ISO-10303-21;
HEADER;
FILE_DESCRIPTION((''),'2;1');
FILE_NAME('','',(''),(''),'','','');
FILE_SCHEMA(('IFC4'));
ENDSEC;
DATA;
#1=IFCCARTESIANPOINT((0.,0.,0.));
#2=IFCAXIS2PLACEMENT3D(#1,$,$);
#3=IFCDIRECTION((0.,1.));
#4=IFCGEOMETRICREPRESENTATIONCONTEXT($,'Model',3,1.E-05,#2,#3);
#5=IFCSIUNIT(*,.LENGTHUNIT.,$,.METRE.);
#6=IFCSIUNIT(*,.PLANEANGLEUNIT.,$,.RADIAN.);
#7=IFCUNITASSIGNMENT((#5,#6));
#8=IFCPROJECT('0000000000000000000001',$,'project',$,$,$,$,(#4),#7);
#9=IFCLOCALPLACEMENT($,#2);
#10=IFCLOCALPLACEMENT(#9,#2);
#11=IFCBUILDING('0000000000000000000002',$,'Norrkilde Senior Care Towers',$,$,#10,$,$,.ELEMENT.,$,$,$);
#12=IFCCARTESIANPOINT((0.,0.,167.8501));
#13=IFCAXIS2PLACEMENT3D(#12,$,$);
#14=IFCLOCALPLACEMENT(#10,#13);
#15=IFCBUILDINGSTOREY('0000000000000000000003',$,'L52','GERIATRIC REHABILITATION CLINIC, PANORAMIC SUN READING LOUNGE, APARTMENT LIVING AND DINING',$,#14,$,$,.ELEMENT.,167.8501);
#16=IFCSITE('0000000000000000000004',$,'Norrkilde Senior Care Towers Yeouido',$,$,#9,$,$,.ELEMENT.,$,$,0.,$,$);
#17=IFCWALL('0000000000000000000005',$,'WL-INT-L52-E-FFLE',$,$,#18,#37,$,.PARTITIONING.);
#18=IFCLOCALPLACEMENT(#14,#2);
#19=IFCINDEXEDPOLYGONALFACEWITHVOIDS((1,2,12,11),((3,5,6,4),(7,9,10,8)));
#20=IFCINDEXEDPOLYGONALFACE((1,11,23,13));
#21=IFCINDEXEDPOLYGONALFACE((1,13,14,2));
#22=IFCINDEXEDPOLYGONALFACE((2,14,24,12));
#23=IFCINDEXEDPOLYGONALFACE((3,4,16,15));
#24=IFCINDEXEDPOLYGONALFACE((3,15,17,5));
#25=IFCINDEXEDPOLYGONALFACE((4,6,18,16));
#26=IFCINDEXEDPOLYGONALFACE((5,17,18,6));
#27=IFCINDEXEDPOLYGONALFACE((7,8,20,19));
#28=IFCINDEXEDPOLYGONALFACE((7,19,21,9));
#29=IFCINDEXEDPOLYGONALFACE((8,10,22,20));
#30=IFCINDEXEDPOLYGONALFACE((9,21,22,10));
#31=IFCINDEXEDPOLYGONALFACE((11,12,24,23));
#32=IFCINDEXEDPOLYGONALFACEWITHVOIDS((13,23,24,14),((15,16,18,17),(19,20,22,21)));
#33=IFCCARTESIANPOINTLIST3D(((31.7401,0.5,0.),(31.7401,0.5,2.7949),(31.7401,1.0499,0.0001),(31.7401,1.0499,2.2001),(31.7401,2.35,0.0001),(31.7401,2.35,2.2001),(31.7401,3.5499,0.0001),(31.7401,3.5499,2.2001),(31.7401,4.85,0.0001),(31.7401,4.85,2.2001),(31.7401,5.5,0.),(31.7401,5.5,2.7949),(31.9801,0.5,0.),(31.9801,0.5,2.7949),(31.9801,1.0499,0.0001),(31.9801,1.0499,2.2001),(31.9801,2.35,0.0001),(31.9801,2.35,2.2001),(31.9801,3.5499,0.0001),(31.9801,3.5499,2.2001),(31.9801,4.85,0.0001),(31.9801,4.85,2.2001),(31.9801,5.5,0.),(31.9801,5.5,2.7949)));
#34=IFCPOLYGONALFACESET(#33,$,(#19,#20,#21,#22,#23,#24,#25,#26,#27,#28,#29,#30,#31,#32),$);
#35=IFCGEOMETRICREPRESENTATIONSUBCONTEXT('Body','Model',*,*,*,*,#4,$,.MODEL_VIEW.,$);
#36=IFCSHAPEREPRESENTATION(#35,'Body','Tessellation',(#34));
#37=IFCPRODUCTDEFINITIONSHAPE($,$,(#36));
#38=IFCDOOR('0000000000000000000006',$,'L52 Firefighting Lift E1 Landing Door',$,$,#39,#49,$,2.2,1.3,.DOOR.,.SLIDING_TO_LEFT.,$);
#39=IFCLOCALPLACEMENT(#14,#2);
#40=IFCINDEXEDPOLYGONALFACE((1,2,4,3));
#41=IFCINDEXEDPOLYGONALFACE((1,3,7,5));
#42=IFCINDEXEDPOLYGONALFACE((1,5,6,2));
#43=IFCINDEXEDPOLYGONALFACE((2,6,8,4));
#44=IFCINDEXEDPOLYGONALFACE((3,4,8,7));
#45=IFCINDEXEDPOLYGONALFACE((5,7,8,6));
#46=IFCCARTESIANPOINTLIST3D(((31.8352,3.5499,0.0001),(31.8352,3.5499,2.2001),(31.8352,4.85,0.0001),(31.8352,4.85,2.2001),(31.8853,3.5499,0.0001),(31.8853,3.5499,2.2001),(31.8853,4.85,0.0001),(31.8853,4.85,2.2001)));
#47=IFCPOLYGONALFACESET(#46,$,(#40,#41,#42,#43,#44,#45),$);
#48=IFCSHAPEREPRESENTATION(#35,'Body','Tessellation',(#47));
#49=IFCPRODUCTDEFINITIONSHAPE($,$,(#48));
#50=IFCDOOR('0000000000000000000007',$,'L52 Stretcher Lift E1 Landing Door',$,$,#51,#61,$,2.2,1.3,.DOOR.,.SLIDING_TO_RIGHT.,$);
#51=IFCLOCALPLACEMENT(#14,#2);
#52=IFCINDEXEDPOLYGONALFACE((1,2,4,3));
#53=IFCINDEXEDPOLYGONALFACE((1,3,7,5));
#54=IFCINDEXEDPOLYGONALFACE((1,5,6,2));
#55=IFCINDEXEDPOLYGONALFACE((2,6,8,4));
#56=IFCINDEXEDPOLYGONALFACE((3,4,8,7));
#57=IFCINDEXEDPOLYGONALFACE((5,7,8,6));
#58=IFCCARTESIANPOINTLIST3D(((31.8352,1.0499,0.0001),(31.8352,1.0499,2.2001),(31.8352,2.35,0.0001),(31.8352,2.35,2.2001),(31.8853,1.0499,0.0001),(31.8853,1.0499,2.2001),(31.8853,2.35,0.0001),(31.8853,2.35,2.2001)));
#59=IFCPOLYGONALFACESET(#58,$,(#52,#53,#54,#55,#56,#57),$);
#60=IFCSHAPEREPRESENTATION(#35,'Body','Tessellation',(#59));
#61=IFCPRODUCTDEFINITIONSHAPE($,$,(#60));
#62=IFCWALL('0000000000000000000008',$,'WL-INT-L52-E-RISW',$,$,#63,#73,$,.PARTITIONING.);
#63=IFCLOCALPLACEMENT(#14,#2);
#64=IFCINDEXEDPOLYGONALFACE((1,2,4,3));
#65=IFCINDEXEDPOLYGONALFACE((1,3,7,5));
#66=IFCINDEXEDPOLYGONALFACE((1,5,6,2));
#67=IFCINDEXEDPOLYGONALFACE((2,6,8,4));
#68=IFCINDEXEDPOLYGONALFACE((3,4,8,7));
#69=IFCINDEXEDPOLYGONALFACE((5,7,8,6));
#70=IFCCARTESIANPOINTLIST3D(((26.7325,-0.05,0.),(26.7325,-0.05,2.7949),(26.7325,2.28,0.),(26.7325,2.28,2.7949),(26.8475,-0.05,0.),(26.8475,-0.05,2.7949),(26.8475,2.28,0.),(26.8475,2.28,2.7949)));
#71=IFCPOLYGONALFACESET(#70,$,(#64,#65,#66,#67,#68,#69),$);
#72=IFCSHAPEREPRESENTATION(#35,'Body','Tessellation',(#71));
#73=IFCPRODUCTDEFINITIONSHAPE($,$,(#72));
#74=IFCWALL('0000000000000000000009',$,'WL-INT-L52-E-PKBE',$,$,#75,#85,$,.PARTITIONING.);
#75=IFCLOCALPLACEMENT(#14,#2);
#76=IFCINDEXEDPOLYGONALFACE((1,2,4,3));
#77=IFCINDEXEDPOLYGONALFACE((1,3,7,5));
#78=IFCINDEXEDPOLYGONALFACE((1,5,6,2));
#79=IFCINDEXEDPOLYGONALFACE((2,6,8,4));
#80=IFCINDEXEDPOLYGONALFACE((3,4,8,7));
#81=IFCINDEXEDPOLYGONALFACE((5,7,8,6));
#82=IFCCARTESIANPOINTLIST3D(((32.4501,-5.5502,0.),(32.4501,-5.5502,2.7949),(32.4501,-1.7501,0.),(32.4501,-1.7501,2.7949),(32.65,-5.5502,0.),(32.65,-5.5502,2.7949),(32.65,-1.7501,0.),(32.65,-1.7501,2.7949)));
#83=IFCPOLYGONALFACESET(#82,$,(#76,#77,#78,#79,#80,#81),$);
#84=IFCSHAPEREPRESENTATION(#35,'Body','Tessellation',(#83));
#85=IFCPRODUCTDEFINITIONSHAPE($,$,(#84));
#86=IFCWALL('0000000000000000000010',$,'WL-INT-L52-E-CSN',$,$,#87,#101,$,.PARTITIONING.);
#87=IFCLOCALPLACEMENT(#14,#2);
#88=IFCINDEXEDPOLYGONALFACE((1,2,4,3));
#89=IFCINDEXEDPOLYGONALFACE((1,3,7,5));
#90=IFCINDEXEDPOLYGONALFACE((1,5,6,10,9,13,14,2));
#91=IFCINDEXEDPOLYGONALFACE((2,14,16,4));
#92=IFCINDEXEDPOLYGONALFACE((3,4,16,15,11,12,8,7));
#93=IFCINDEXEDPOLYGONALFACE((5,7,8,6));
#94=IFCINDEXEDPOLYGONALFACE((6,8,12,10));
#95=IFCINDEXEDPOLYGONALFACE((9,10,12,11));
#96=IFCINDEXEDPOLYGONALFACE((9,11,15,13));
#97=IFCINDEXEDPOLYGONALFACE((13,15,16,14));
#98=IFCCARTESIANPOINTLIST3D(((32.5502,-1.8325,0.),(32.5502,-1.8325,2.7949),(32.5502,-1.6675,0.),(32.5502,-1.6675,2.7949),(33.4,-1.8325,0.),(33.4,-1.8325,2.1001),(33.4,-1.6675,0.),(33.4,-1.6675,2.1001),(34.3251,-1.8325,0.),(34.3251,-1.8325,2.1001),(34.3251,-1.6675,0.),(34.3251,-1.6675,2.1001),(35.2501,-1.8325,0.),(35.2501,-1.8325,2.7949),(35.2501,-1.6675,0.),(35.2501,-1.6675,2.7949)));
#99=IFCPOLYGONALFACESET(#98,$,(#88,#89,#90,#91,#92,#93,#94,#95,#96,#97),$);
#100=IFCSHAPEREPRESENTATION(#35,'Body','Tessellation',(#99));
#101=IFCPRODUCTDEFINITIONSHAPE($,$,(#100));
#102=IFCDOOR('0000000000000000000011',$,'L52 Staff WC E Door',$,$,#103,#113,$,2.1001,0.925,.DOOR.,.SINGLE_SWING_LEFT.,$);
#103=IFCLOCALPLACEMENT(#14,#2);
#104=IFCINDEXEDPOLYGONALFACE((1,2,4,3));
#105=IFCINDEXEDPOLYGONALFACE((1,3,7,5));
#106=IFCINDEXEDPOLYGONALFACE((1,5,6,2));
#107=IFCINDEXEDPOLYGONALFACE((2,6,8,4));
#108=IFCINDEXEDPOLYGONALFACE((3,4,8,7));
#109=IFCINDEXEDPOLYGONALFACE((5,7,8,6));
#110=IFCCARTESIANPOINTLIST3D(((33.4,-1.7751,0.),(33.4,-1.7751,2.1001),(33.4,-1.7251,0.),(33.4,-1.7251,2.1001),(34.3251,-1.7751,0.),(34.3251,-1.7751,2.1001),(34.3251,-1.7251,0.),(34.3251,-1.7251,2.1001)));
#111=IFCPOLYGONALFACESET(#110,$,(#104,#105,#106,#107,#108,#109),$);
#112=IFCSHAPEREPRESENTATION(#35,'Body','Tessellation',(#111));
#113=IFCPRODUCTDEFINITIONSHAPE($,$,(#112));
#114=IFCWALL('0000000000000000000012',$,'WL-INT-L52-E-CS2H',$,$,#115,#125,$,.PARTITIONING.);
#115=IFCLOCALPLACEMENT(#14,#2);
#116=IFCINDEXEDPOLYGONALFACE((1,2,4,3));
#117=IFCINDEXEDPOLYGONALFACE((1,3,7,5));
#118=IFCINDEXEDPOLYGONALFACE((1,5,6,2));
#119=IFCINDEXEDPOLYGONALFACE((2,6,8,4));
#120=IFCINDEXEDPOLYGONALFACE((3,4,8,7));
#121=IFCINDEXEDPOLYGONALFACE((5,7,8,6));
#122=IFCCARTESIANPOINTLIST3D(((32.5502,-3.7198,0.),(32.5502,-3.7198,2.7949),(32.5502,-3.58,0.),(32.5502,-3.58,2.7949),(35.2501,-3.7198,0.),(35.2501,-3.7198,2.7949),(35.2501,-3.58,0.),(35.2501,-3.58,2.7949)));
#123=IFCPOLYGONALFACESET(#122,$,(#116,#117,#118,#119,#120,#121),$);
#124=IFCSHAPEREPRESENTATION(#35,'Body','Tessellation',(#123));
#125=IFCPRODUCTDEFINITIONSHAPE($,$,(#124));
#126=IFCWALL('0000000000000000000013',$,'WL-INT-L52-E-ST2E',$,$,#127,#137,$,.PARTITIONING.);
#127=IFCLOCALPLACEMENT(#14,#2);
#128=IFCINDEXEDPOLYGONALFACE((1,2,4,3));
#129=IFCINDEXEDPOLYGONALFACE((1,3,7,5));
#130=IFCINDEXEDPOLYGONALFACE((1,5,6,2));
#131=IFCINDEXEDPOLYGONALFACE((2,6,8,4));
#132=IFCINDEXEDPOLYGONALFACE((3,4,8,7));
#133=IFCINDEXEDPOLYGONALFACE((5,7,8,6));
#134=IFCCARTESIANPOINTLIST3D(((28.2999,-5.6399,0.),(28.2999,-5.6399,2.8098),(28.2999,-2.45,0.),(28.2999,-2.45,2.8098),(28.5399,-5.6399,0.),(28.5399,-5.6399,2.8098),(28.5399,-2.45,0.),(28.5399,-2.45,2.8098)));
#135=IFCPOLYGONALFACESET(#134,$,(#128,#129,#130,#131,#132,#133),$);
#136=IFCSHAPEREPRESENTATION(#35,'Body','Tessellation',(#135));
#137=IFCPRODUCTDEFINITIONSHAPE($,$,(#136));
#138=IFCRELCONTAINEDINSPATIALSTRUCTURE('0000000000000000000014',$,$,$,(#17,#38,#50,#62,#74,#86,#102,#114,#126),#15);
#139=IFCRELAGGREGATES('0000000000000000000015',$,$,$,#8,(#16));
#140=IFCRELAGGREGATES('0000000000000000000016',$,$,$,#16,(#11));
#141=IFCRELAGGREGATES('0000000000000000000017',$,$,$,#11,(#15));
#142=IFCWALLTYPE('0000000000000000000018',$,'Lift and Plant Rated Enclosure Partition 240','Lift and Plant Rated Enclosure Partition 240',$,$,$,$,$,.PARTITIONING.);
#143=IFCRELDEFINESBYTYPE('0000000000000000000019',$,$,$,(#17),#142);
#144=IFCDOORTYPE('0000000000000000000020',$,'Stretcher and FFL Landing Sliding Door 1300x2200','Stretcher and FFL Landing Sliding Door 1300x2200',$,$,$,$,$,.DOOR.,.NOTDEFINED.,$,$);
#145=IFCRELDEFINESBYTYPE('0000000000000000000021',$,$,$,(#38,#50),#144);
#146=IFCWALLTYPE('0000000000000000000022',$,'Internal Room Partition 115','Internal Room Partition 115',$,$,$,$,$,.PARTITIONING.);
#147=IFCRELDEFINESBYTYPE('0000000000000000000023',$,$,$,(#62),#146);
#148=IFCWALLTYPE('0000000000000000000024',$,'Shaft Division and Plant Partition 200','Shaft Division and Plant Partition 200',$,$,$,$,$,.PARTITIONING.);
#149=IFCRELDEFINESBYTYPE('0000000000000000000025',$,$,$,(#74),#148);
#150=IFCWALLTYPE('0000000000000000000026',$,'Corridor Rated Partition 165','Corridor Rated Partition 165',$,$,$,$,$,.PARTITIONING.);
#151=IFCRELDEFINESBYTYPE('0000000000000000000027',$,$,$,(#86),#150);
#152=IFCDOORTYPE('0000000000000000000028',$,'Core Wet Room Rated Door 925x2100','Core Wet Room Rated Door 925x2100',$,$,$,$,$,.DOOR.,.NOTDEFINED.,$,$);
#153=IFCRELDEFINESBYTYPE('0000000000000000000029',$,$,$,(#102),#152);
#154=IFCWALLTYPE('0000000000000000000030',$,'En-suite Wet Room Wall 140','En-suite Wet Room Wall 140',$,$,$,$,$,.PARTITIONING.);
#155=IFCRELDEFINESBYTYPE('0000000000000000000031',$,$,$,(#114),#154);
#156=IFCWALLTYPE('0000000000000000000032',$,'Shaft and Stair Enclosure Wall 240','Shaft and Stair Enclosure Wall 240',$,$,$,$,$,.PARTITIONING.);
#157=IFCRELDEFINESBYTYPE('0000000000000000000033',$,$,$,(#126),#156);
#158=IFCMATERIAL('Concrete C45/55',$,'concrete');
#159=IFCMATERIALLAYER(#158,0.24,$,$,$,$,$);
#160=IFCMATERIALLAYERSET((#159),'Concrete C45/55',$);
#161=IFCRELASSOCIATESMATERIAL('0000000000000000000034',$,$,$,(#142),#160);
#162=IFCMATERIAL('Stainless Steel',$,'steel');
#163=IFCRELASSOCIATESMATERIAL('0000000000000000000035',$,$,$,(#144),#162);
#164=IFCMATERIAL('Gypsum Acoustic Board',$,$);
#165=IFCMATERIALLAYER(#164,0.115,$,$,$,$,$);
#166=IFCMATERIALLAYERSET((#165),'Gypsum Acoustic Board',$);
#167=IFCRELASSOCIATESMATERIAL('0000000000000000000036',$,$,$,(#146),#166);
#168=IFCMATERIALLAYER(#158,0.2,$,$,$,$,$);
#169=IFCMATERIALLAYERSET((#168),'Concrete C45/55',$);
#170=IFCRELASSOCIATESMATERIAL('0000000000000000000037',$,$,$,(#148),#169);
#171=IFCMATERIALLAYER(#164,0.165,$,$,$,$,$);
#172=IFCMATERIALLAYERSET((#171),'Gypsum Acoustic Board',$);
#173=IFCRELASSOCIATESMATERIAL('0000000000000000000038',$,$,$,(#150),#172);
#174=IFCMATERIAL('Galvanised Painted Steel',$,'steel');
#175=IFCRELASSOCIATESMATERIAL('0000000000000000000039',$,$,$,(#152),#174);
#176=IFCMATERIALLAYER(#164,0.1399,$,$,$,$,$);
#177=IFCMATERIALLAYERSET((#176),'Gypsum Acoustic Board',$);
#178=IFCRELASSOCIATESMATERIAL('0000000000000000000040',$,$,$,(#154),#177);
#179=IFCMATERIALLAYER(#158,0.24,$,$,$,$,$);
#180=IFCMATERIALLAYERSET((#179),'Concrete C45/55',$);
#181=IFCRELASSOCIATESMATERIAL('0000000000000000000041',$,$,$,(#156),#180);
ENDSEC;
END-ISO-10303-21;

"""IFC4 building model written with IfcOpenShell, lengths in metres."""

from ifc_helpers import new_model, si_unit, direction, frame, frame_2d, origin, place, context, subcontext, project, spatial, rectangle, extrude, source, transform, mapped, material, layer, layer_set, type_object, type_shapes, element, fill, save


model = new_model("IFC4")

# Units and contexts
model_context = context("Model", 3, precision=1e-05, world=origin(), true_north=direction((0.0, 1.0)))
body_context = subcontext(model_context, "Body", "Model", "MODEL_VIEW")
ifc_project = project(units=[si_unit("LENGTHUNIT", "METRE"), si_unit("PLANEANGLEUNIT", "RADIAN")], contexts=[model_context])

# Site, building, storey
site_placement = place(None, origin())
site = spatial("IfcSite", under=ifc_project, at=site_placement, Name="Norrkilde Senior Care Towers Yeouido", CompositionType="ELEMENT", RefElevation=0.0)
building_placement = place(site_placement, origin())
building = spatial("IfcBuilding", under=site, at=building_placement, Name="Norrkilde Senior Care Towers", CompositionType="ELEMENT")
storey_placement = place(building_placement, frame((0.0, 0.0, 167.8501)))
storey = spatial("IfcBuildingStorey", under=building, at=storey_placement, Name="L52", Description="GERIATRIC REHABILITATION CLINIC, PANORAMIC SUN READING LOUNGE, APARTMENT LIVING AND DINING", CompositionType="ELEMENT", Elevation=167.8501)

# Wall, openings, doors
ifc_material_1 = material(Name="Concrete C45/55", Category="concrete")
ifc_layer_1 = layer(ifc_material_1, 0.24)
ifc_layer_set_1 = layer_set([ifc_layer_1], Name="Concrete C45/55")
wall_type_1 = type_object("IfcWallType", Name="Lift and Plant Rated Enclosure Partition 240", Description="Lift and Plant Rated Enclosure Partition 240", PredefinedType="PARTITIONING", material=ifc_layer_set_1)
shared_shape_1 = source(origin(), body_context, "Body", "SweptSolid", [
    extrude(rectangle(XDim=5.0, YDim=0.24, at=frame_2d((2.5, 0.0))), origin(), (0.0, 0.0, 1.0), 2.7949),
])
wall_1_placement = place(storey_placement, frame((31.8601, 0.5, 0.0), z_axis=(0.0, 0.0, 1.0), x_axis=(0.0, 1.0, 0.0)))
wall_1 = element("IfcWall", 1, at=wall_1_placement, inside=storey, type_object=wall_type_1, Name="WL-INT-L52-E-FFLE", PredefinedType="PARTITIONING", context=body_context, shape_type="MappedRepresentation", body=[
    mapped(shared_shape_1, transform((0.0, 0.0, 0.0), x_axis=(1.0, 0.0, 0.0), y_axis=(0.0, 1.0, 0.0), z_axis=(0.0, 0.0, 1.0), scale=1.0)),
])
opening_1_placement = place(wall_1_placement, frame((3.05, 0.0, 0.0)))
opening_1 = element("IfcOpeningElement", 2, at=opening_1_placement, cuts=wall_1, PredefinedType="OPENING", context=body_context, shape_type="SweptSolid", body=[
    extrude(rectangle(XDim=1.3, YDim=2.2, at=frame_2d((0.6499, 1.1001))), frame((0.0, 0.1299, 0.0), z_axis=(0.0, -1.0, 0.0), x_axis=(1.0, 0.0, 0.0)), (0.0, 0.0, 1.0), 0.26),
])
opening_2_placement = place(wall_1_placement, frame((0.55, 0.0, 0.0)))
opening_2 = element("IfcOpeningElement", 3, at=opening_2_placement, cuts=wall_1, PredefinedType="OPENING", context=body_context, shape_type="SweptSolid", body=[
    extrude(rectangle(XDim=1.3, YDim=2.2, at=frame_2d((0.6499, 1.1001))), frame((0.0, 0.1299, 0.0), z_axis=(0.0, -1.0, 0.0), x_axis=(1.0, 0.0, 0.0)), (0.0, 0.0, 1.0), 0.26),
])
ifc_material_2 = material(Name="Stainless Steel", Category="steel")
door_type_1 = type_object("IfcDoorType", Name="Stretcher and FFL Landing Sliding Door 1300x2200", Description="Stretcher and FFL Landing Sliding Door 1300x2200", OperationType="NOTDEFINED", PredefinedType="DOOR", material=ifc_material_2)
shared_shape_2 = source(origin(), body_context, "Body", "SweptSolid", [
    extrude(rectangle(XDim=1.3, YDim=2.2, at=frame_2d((0.6499, 1.1001))), frame((0.0, 0.0249, 0.0), z_axis=(0.0, -1.0, 0.0), x_axis=(1.0, 0.0, 0.0)), (0.0, 0.0, 1.0), 0.05),
])
type_shapes(door_type_1, [shared_shape_2])
door_1_placement = place(opening_1_placement, origin())
door_1 = element("IfcDoor", 4, at=door_1_placement, inside=storey, type_object=door_type_1, Name="L52 Firefighting Lift E1 Landing Door", OperationType="SLIDING_TO_LEFT", OverallHeight=2.2, OverallWidth=1.3, PredefinedType="DOOR", context=body_context, shape_type="MappedRepresentation", body=[
    mapped(shared_shape_2, transform((0.0, 0.0, 0.0), x_axis=(1.0, 0.0, 0.0), y_axis=(0.0, 1.0, 0.0), z_axis=(0.0, 0.0, 1.0), scale=1.0)),
])
fill(opening_1, door_1)
door_2_placement = place(opening_2_placement, origin())
door_2 = element("IfcDoor", 5, at=door_2_placement, inside=storey, type_object=door_type_1, Name="L52 Stretcher Lift E1 Landing Door", OperationType="SLIDING_TO_RIGHT", OverallHeight=2.2, OverallWidth=1.3, PredefinedType="DOOR", context=body_context, shape_type="MappedRepresentation", body=[
    mapped(shared_shape_2, transform((0.0, 0.0, 0.0), x_axis=(1.0, 0.0, 0.0), y_axis=(0.0, 1.0, 0.0), z_axis=(0.0, 0.0, 1.0), scale=1.0)),
])
fill(opening_2, door_2)

# Shared definitions
ifc_material_3 = material(Name="Galvanised Painted Steel", Category="steel")

# Walls
ifc_material_4 = material(Name="Gypsum Acoustic Board")
ifc_layer_2 = layer(ifc_material_4, 0.115)
ifc_layer_set_2 = layer_set([ifc_layer_2], Name="Gypsum Acoustic Board")
wall_type_2 = type_object("IfcWallType", Name="Internal Room Partition 115", Description="Internal Room Partition 115", PredefinedType="PARTITIONING", material=ifc_layer_set_2)
shared_shape_3 = source(origin(), body_context, "Body", "SweptSolid", [
    extrude(rectangle(XDim=2.3301, YDim=0.115, at=frame_2d((1.165, 0.0))), origin(), (0.0, 0.0, 1.0), 2.7949),
])
wall_2_placement = place(storey_placement, frame((26.79, -0.05, 0.0), z_axis=(0.0, 0.0, 1.0), x_axis=(0.0, 1.0, 0.0)))
element("IfcWall", 6, at=wall_2_placement, inside=storey, type_object=wall_type_2, Name="WL-INT-L52-E-RISW", PredefinedType="PARTITIONING", context=body_context, shape_type="MappedRepresentation", body=[
    mapped(shared_shape_3, transform((0.0, 0.0, 0.0), x_axis=(1.0, 0.0, 0.0), y_axis=(0.0, 1.0, 0.0), z_axis=(0.0, 0.0, 1.0), scale=1.0)),
])
ifc_layer_3 = layer(ifc_material_1, 0.2)
ifc_layer_set_3 = layer_set([ifc_layer_3], Name="Concrete C45/55")
wall_type_3 = type_object("IfcWallType", Name="Shaft Division and Plant Partition 200", Description="Shaft Division and Plant Partition 200", PredefinedType="PARTITIONING", material=ifc_layer_set_3)
shared_shape_4 = source(origin(), body_context, "Body", "SweptSolid", [
    extrude(rectangle(XDim=3.8, YDim=0.2, at=frame_2d((1.8999, 0.0))), origin(), (0.0, 0.0, 1.0), 2.7949),
])
type_shapes(wall_type_3, [shared_shape_4])
wall_3_placement = place(storey_placement, frame((32.55, -5.55, 0.0), z_axis=(0.0, 0.0, 1.0), x_axis=(0.0, 1.0, 0.0)))
element("IfcWall", 7, at=wall_3_placement, inside=storey, type_object=wall_type_3, Name="WL-INT-L52-E-PKBE", PredefinedType="PARTITIONING", context=body_context, shape_type="MappedRepresentation", body=[
    mapped(shared_shape_4, transform((0.0, 0.0, 0.0), x_axis=(1.0, 0.0, 0.0), y_axis=(0.0, 1.0, 0.0), z_axis=(0.0, 0.0, 1.0), scale=1.0)),
])

# Wall, opening, door
ifc_layer_4 = layer(ifc_material_4, 0.165)
ifc_layer_set_4 = layer_set([ifc_layer_4], Name="Gypsum Acoustic Board")
wall_type_4 = type_object("IfcWallType", Name="Corridor Rated Partition 165", Description="Corridor Rated Partition 165", PredefinedType="PARTITIONING", material=ifc_layer_set_4)
shared_shape_5 = source(origin(), body_context, "Body", "SweptSolid", [
    extrude(rectangle(XDim=2.7, YDim=0.165, at=frame_2d((1.3501, 0.0))), origin(), (0.0, 0.0, 1.0), 2.7949),
])
wall_4_placement = place(storey_placement, frame((32.55, -1.75, 0.0), z_axis=(0.0, 0.0, 1.0), x_axis=(1.0, 0.0, 0.0)))
wall_4 = element("IfcWall", 8, at=wall_4_placement, inside=storey, type_object=wall_type_4, Name="WL-INT-L52-E-CSN", PredefinedType="PARTITIONING", context=body_context, shape_type="MappedRepresentation", body=[
    mapped(shared_shape_5, transform((0.0, 0.0, 0.0), x_axis=(1.0, 0.0, 0.0), y_axis=(0.0, 1.0, 0.0), z_axis=(0.0, 0.0, 1.0), scale=1.0)),
])
opening_3_placement = place(wall_4_placement, frame((0.8501, 0.0, 0.0)))
opening_3 = element("IfcOpeningElement", 9, at=opening_3_placement, cuts=wall_4, PredefinedType="OPENING", context=body_context, shape_type="SweptSolid", body=[
    extrude(rectangle(XDim=0.925, YDim=2.1001, at=frame_2d((0.4624, 1.05))), frame((0.0, 0.0925, 0.0), z_axis=(0.0, -1.0, 0.0), x_axis=(1.0, 0.0, 0.0)), (0.0, 0.0, 1.0), 0.1851),
])
door_type_2 = type_object("IfcDoorType", Name="Core Wet Room Rated Door 925x2100", Description="Core Wet Room Rated Door 925x2100", OperationType="NOTDEFINED", PredefinedType="DOOR", material=ifc_material_3)
shared_shape_6 = source(origin(), body_context, "Body", "SweptSolid", [
    extrude(rectangle(XDim=0.925, YDim=2.1001, at=frame_2d((0.4624, 1.05))), frame((0.0, 0.0249, 0.0), z_axis=(0.0, -1.0, 0.0), x_axis=(1.0, 0.0, 0.0)), (0.0, 0.0, 1.0), 0.05),
])
type_shapes(door_type_2, [shared_shape_6])
door_3_placement = place(opening_3_placement, origin())
door_3 = element("IfcDoor", 10, at=door_3_placement, inside=storey, type_object=door_type_2, Name="L52 Staff WC E Door", OperationType="SINGLE_SWING_LEFT", OverallHeight=2.1001, OverallWidth=0.925, PredefinedType="DOOR", context=body_context, shape_type="MappedRepresentation", body=[
    mapped(shared_shape_6, transform((0.0, 0.0, 0.0), x_axis=(1.0, 0.0, 0.0), y_axis=(0.0, 1.0, 0.0), z_axis=(0.0, 0.0, 1.0), scale=1.0)),
])
fill(opening_3, door_3)

# Walls
ifc_layer_5 = layer(ifc_material_4, 0.1399)
ifc_layer_set_5 = layer_set([ifc_layer_5], Name="Gypsum Acoustic Board")
wall_type_5 = type_object("IfcWallType", Name="En-suite Wet Room Wall 140", Description="En-suite Wet Room Wall 140", PredefinedType="PARTITIONING", material=ifc_layer_set_5)
shared_shape_7 = source(origin(), body_context, "Body", "SweptSolid", [
    extrude(rectangle(XDim=2.7, YDim=0.1399, at=frame_2d((1.3501, 0.0))), origin(), (0.0, 0.0, 1.0), 2.7949),
])
type_shapes(wall_type_5, [shared_shape_7])
wall_5_placement = place(storey_placement, frame((32.55, -3.6499, 0.0), z_axis=(0.0, 0.0, 1.0), x_axis=(1.0, 0.0, 0.0)))
element("IfcWall", 11, at=wall_5_placement, inside=storey, type_object=wall_type_5, Name="WL-INT-L52-E-CS2H", PredefinedType="PARTITIONING", context=body_context, shape_type="MappedRepresentation", body=[
    mapped(shared_shape_7, transform((0.0, 0.0, 0.0), x_axis=(1.0, 0.0, 0.0), y_axis=(0.0, 1.0, 0.0), z_axis=(0.0, 0.0, 1.0), scale=1.0)),
])
ifc_layer_6 = layer(ifc_material_1, 0.24)
ifc_layer_set_6 = layer_set([ifc_layer_6], Name="Concrete C45/55")
wall_type_6 = type_object("IfcWallType", Name="Shaft and Stair Enclosure Wall 240", Description="Shaft and Stair Enclosure Wall 240", PredefinedType="PARTITIONING", material=ifc_layer_set_6)
shared_shape_8 = source(origin(), body_context, "Body", "SweptSolid", [
    extrude(rectangle(XDim=3.1899, YDim=0.24, at=frame_2d((1.595, 0.0))), origin(), (0.0, 0.0, 1.0), 2.8098),
])
type_shapes(wall_type_6, [shared_shape_8])
wall_6_placement = place(storey_placement, frame((28.4199, -5.6399, 0.0), z_axis=(0.0, 0.0, 1.0), x_axis=(0.0, 1.0, 0.0)))
element("IfcWall", 12, at=wall_6_placement, inside=storey, type_object=wall_type_6, Name="WL-INT-L52-E-ST2E", PredefinedType="PARTITIONING", context=body_context, shape_type="MappedRepresentation", body=[
    mapped(shared_shape_8, transform((0.0, 0.0, 0.0), x_axis=(1.0, 0.0, 0.0), y_axis=(0.0, 1.0, 0.0), z_axis=(0.0, 0.0, 1.0), scale=1.0)),
])

save(model, "model.ifc")
